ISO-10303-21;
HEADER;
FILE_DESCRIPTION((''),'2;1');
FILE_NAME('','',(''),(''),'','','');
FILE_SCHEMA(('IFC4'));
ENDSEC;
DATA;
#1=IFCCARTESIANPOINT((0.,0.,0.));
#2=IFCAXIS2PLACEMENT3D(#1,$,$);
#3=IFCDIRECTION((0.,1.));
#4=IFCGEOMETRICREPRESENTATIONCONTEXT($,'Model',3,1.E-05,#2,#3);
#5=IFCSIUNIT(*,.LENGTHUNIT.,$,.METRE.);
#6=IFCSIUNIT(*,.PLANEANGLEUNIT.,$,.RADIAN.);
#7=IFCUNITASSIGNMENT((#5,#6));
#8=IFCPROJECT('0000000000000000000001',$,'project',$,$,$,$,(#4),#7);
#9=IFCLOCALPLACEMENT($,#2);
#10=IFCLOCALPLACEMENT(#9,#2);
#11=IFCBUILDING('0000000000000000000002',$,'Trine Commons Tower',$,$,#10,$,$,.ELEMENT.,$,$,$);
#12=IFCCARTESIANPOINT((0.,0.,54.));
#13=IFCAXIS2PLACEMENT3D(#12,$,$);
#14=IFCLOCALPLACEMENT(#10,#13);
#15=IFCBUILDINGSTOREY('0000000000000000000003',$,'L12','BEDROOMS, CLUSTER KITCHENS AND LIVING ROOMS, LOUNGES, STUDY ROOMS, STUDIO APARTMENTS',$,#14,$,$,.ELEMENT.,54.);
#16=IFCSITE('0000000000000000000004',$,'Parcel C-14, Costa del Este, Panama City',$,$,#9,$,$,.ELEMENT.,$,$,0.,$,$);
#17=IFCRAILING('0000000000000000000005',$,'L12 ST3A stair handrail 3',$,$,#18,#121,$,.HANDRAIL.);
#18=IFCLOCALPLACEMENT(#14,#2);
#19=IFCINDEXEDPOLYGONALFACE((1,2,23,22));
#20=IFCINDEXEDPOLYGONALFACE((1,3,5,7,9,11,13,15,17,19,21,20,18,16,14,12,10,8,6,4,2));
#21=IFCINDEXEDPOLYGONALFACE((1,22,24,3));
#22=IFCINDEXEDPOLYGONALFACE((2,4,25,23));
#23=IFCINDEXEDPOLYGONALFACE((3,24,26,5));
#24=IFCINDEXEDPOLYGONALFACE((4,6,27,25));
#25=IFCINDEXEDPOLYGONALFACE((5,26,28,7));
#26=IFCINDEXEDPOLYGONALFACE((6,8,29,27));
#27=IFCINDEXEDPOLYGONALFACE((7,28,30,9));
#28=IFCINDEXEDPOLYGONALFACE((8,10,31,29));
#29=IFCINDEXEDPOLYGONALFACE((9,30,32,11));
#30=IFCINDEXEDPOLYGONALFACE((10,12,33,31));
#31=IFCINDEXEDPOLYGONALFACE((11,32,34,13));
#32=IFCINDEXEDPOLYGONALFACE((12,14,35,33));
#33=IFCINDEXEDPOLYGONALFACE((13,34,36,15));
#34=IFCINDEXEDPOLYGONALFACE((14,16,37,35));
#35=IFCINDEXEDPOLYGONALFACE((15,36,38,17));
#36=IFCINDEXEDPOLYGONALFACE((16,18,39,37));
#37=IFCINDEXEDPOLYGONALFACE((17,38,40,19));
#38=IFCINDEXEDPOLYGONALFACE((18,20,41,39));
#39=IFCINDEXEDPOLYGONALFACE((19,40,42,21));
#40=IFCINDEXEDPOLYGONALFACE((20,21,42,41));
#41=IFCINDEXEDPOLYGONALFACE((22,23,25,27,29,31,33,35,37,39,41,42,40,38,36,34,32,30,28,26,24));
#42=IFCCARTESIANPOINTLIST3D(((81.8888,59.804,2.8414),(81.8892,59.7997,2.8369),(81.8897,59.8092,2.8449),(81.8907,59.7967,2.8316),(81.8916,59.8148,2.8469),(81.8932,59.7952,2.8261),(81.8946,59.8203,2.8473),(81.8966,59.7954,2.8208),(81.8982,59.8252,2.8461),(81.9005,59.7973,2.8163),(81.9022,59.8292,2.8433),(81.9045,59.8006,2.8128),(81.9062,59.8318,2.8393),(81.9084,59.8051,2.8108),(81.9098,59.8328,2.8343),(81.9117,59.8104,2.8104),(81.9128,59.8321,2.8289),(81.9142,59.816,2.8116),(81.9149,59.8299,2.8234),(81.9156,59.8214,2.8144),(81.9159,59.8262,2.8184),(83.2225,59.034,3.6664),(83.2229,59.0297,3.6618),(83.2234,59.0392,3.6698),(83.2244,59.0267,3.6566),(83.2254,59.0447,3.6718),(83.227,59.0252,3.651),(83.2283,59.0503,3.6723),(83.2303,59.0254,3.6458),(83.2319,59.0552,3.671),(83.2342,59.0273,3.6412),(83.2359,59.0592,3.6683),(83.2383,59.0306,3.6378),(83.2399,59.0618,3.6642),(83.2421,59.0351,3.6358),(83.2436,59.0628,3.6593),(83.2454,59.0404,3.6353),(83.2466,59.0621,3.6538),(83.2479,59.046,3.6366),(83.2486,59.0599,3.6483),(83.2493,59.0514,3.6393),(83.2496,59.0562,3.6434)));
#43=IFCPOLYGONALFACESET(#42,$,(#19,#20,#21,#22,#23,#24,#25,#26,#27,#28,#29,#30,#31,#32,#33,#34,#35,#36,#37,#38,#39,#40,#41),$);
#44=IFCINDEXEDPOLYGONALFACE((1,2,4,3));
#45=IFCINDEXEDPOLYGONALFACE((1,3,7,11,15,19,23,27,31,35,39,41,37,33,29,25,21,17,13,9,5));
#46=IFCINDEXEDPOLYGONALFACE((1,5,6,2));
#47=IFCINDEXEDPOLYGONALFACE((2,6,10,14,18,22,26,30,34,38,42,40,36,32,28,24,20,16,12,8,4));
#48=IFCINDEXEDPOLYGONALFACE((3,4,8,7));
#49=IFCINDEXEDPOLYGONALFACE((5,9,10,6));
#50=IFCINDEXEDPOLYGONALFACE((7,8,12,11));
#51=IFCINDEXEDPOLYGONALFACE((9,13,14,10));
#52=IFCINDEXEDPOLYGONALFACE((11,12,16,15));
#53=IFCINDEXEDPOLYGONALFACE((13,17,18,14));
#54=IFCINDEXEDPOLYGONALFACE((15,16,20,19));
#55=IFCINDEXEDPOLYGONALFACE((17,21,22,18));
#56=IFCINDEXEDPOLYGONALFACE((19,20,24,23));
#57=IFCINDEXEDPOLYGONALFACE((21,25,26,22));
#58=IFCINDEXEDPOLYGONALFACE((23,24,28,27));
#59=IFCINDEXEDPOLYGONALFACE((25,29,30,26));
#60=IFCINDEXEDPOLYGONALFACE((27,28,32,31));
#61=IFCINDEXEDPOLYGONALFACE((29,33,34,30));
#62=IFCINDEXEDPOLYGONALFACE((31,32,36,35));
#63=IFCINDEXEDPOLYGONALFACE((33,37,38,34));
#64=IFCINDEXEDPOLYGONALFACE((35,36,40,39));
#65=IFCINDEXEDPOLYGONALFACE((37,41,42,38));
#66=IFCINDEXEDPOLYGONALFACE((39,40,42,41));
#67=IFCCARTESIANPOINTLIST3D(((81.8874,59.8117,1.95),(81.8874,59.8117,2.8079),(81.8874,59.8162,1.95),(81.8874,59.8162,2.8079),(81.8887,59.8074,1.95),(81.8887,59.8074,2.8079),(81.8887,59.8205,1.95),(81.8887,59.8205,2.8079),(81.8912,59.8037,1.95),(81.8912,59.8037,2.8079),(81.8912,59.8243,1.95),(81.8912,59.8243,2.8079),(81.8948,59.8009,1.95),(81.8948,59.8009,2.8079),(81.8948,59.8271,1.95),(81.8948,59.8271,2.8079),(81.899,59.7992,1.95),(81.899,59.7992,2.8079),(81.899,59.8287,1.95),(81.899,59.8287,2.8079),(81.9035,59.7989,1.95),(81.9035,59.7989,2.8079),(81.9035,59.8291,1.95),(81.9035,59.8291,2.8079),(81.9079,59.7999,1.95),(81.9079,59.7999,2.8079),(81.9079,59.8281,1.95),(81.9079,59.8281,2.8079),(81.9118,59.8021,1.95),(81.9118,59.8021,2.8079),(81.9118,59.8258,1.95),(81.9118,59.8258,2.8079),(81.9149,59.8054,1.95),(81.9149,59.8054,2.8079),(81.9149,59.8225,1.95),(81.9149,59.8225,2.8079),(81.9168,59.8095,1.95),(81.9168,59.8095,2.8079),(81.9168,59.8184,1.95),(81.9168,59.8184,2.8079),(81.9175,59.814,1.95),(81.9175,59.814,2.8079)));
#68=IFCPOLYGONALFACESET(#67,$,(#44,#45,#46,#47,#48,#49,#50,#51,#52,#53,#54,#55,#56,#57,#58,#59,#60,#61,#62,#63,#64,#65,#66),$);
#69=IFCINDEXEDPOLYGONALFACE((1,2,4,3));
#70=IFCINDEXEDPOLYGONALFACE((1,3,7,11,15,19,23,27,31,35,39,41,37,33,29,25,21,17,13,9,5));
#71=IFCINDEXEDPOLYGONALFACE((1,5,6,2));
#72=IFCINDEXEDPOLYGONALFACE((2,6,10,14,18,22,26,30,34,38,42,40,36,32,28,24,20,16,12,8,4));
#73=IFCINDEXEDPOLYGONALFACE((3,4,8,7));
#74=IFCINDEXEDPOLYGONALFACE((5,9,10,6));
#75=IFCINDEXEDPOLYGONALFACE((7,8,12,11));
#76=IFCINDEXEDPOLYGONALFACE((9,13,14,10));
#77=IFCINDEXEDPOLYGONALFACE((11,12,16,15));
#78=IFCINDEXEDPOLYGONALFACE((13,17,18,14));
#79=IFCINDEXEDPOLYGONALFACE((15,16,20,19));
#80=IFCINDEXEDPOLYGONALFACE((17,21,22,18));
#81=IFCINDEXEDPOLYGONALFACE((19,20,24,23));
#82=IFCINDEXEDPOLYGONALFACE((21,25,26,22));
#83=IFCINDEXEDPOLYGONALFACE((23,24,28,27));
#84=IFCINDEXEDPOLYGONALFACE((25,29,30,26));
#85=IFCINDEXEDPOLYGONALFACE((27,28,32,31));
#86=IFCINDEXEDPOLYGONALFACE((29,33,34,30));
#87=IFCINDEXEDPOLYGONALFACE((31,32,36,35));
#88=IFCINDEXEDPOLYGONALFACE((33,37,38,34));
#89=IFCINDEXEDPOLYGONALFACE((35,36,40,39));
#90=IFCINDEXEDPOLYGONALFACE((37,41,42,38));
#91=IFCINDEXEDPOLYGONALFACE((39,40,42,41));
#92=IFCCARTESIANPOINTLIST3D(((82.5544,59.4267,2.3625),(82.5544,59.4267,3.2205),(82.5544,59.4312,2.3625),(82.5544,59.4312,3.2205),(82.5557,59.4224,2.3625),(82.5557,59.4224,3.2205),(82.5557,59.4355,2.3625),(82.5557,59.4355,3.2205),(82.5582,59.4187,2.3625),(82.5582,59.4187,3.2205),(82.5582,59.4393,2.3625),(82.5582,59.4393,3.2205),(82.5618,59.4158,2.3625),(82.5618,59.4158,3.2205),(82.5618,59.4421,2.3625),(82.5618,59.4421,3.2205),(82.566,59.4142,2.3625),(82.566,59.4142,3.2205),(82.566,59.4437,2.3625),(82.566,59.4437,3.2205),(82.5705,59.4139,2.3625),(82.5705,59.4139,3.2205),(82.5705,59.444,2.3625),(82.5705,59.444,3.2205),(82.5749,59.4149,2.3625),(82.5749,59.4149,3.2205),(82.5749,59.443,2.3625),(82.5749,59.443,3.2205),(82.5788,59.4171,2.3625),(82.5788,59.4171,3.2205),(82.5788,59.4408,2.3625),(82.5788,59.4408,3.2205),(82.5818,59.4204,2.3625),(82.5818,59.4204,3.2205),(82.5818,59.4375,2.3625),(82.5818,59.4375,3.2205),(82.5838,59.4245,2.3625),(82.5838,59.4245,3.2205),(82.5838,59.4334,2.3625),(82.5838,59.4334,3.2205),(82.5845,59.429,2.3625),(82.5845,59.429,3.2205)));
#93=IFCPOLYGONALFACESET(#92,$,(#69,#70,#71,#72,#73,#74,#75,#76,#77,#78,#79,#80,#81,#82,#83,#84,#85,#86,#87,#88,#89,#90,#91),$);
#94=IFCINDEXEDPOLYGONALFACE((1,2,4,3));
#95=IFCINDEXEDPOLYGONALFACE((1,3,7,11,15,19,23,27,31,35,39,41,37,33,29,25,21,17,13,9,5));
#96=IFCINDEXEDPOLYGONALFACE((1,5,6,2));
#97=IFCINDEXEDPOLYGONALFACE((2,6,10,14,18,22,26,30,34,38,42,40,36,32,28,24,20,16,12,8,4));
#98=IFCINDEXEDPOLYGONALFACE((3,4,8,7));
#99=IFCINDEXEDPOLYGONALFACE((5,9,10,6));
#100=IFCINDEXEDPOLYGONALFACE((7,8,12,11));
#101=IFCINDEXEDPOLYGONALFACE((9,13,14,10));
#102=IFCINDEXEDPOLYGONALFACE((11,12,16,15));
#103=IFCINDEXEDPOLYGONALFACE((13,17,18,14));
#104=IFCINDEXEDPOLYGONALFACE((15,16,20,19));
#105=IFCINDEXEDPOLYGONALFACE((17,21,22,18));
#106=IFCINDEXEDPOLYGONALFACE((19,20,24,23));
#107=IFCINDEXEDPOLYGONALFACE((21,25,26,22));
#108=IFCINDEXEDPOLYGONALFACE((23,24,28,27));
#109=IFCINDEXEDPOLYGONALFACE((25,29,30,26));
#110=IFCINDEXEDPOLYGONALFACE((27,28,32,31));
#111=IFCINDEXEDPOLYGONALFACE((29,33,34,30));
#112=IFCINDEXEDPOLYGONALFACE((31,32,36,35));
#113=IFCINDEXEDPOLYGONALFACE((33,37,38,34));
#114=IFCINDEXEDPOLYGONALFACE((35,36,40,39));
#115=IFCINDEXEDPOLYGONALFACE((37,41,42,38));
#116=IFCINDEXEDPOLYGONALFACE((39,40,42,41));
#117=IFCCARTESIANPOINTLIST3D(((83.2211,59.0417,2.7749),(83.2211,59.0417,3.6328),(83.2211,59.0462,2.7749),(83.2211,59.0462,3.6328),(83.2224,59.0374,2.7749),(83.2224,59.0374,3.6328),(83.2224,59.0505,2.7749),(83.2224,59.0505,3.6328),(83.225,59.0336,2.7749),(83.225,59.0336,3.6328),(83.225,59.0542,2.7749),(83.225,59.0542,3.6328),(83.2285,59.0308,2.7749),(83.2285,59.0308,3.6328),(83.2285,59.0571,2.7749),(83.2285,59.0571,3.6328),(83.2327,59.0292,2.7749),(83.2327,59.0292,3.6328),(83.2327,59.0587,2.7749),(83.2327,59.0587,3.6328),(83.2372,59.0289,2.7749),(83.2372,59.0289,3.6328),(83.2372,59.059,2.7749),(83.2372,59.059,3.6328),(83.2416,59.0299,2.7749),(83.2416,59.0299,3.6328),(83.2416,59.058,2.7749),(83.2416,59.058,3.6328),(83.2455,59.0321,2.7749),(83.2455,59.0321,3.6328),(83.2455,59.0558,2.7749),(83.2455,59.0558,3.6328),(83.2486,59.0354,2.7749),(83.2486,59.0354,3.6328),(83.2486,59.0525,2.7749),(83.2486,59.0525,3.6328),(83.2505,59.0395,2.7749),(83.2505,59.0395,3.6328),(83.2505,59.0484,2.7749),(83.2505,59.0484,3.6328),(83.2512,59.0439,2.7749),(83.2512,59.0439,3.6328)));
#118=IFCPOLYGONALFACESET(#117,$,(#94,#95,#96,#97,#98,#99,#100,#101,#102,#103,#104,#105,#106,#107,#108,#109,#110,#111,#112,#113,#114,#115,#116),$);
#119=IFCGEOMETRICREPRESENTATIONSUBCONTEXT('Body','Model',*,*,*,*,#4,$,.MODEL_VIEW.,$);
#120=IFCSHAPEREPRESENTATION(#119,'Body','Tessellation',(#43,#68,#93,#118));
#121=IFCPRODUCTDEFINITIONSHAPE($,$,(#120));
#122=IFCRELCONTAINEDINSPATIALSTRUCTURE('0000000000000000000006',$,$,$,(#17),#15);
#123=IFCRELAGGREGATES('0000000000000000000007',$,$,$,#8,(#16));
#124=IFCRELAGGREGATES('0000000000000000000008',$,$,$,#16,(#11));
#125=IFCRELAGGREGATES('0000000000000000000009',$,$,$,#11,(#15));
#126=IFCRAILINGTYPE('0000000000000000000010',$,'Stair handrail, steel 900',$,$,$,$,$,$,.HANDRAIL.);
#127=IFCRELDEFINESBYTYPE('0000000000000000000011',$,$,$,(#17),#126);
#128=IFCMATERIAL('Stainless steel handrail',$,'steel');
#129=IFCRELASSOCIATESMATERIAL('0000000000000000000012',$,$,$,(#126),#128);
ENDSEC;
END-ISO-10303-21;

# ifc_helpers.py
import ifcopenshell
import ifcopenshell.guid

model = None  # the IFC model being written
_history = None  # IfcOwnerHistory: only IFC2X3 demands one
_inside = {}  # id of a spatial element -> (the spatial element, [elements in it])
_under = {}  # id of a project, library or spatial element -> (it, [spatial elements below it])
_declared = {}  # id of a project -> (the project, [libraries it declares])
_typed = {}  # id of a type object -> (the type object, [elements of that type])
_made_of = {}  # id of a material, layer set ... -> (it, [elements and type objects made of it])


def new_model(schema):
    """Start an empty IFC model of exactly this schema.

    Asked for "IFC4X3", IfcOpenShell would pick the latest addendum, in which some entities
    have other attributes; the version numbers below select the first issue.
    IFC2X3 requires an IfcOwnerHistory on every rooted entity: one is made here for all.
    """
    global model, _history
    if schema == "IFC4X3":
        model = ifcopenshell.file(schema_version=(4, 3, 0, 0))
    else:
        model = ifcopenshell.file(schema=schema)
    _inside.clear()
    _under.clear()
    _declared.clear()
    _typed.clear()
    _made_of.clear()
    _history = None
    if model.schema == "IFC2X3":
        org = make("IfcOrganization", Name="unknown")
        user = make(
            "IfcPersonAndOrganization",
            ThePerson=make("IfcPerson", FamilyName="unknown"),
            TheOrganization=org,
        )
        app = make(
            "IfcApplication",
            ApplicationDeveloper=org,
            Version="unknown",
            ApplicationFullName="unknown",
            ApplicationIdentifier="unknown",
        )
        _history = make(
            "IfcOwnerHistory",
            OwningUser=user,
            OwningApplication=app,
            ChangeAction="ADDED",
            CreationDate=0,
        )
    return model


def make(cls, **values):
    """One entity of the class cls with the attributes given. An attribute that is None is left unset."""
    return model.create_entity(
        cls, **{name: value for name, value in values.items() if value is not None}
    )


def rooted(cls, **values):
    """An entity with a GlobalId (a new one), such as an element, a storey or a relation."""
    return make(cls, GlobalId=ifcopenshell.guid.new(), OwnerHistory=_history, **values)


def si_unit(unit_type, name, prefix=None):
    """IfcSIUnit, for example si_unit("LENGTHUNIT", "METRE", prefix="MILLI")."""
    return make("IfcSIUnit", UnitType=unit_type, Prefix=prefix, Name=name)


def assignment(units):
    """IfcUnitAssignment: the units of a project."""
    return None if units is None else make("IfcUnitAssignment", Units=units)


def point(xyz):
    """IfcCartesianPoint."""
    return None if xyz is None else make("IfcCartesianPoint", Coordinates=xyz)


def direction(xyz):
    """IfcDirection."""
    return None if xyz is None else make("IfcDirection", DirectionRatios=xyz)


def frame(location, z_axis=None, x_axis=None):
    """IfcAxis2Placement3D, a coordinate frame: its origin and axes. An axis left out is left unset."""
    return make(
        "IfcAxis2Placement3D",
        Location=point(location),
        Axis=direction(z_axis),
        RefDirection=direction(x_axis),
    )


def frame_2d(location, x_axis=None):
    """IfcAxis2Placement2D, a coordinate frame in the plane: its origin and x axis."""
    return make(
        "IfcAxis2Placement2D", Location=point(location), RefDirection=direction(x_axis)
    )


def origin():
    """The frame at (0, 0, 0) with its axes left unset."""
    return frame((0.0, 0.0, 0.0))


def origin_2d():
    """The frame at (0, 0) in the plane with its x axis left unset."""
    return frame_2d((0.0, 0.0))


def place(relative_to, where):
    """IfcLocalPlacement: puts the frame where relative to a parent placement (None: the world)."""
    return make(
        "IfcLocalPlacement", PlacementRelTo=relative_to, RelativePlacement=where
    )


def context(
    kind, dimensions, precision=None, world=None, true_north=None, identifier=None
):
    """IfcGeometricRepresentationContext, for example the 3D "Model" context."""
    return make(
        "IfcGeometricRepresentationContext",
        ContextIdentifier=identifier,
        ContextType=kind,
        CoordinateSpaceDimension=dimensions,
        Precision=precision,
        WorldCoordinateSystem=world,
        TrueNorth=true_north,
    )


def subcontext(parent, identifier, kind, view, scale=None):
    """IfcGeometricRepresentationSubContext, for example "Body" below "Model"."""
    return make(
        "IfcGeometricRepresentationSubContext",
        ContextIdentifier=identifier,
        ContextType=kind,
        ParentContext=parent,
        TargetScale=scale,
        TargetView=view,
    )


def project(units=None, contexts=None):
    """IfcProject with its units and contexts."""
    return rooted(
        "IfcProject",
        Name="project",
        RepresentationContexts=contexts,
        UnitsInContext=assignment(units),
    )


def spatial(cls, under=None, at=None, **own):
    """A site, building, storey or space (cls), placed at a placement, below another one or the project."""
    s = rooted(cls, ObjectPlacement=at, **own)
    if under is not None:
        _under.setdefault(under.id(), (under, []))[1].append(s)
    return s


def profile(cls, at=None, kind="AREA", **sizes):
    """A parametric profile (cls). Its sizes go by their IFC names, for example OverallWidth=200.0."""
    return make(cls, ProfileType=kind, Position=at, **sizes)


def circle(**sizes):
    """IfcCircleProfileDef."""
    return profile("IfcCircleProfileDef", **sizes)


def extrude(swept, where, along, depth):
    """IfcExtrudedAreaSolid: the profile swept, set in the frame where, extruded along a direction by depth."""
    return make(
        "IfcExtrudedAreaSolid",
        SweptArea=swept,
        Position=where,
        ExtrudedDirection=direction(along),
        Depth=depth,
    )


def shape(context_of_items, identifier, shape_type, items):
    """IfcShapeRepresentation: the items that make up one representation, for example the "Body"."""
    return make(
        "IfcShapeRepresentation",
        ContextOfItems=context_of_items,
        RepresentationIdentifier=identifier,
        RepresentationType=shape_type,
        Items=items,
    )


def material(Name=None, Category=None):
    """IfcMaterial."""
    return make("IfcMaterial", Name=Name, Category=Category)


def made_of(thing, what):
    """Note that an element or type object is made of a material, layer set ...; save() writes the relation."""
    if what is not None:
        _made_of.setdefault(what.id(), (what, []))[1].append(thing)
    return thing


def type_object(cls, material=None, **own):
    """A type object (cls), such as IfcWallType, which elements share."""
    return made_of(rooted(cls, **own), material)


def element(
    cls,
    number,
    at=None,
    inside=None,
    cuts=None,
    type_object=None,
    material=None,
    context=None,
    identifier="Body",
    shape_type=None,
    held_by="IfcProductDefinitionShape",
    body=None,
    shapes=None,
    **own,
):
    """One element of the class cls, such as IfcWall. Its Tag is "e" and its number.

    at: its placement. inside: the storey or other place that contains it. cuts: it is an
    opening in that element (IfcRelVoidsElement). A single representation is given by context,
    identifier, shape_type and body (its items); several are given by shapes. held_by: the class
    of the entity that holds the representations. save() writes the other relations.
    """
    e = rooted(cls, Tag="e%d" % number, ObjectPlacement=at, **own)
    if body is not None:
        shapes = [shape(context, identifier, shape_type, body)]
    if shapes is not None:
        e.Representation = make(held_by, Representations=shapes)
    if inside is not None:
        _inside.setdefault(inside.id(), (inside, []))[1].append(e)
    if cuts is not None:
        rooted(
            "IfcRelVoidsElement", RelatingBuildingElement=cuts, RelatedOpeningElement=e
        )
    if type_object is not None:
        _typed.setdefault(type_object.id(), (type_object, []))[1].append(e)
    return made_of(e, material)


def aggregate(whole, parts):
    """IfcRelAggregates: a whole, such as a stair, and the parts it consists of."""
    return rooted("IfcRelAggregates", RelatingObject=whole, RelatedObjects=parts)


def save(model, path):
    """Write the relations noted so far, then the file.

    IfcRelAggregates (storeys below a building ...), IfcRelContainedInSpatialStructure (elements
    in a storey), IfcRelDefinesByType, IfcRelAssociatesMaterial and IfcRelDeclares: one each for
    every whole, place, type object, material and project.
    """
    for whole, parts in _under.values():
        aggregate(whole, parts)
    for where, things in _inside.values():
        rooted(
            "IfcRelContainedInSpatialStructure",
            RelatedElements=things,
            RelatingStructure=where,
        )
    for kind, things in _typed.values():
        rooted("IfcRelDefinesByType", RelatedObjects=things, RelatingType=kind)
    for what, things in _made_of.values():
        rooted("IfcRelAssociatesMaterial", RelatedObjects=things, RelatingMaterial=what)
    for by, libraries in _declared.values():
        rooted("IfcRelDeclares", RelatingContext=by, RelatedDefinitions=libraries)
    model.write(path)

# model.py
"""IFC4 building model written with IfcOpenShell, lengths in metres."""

from ifc_helpers import new_model, si_unit, direction, frame, origin, origin_2d, place, context, subcontext, project, spatial, circle, extrude, material, type_object, element, save


model = new_model("IFC4")

# Units and contexts
model_context = context("Model", 3, precision=1e-05, world=origin(), true_north=direction((0.0, 1.0)))
body_context = subcontext(model_context, "Body", "Model", "MODEL_VIEW")
ifc_project = project(units=[si_unit("LENGTHUNIT", "METRE"), si_unit("PLANEANGLEUNIT", "RADIAN")], contexts=[model_context])

# Site, building, storey
site_placement = place(None, origin())
site = spatial("IfcSite", under=ifc_project, at=site_placement, Name="Parcel C-14, Costa del Este, Panama City", CompositionType="ELEMENT", RefElevation=0.0)
building_placement = place(site_placement, origin())
building = spatial("IfcBuilding", under=site, at=building_placement, Name="Trine Commons Tower", CompositionType="ELEMENT")
storey_placement = place(building_placement, frame((0.0, 0.0, 54.0)))
storey = spatial("IfcBuildingStorey", under=building, at=storey_placement, Name="L12", Description="BEDROOMS, CLUSTER KITCHENS AND LIVING ROOMS, LOUNGES, STUDY ROOMS, STUDIO APARTMENTS", CompositionType="ELEMENT", Elevation=54.0)

# Railing
ifc_material_1 = material(Name="Stainless steel handrail", Category="steel")
railing_type = type_object("IfcRailingType", Name="Stair handrail, steel 900", PredefinedType="HANDRAIL", material=ifc_material_1)
railing_1_placement = place(storey_placement, frame((81.9023, 59.814, 1.95)))
element("IfcRailing", 1, at=railing_1_placement, inside=storey, type_object=railing_type, Name="L12 ST3A stair handrail 3", PredefinedType="HANDRAIL", context=body_context, shape_type="SweptSolid", body=[
    extrude(circle(Radius=0.021, at=origin_2d()), frame((0.0, 0.0, 0.8789), z_axis=(0.763405, -0.440743, 0.472185), x_axis=(0.499992, 0.86603, 0.0)), (0.0, 0.0, 1.0), 1.7471),
    extrude(circle(Radius=0.0151, at=origin_2d()), origin(), (0.0, 0.0, 1.0), 0.8579),
    extrude(circle(Radius=0.0151, at=origin_2d()), frame((0.667, -0.385, 0.4126)), (0.0, 0.0, 1.0), 0.8579),
    extrude(circle(Radius=0.0151, at=origin_2d()), frame((1.3337, -0.77, 0.825)), (0.0, 0.0, 1.0), 0.8579),
])

save(model, "model.ifc")
